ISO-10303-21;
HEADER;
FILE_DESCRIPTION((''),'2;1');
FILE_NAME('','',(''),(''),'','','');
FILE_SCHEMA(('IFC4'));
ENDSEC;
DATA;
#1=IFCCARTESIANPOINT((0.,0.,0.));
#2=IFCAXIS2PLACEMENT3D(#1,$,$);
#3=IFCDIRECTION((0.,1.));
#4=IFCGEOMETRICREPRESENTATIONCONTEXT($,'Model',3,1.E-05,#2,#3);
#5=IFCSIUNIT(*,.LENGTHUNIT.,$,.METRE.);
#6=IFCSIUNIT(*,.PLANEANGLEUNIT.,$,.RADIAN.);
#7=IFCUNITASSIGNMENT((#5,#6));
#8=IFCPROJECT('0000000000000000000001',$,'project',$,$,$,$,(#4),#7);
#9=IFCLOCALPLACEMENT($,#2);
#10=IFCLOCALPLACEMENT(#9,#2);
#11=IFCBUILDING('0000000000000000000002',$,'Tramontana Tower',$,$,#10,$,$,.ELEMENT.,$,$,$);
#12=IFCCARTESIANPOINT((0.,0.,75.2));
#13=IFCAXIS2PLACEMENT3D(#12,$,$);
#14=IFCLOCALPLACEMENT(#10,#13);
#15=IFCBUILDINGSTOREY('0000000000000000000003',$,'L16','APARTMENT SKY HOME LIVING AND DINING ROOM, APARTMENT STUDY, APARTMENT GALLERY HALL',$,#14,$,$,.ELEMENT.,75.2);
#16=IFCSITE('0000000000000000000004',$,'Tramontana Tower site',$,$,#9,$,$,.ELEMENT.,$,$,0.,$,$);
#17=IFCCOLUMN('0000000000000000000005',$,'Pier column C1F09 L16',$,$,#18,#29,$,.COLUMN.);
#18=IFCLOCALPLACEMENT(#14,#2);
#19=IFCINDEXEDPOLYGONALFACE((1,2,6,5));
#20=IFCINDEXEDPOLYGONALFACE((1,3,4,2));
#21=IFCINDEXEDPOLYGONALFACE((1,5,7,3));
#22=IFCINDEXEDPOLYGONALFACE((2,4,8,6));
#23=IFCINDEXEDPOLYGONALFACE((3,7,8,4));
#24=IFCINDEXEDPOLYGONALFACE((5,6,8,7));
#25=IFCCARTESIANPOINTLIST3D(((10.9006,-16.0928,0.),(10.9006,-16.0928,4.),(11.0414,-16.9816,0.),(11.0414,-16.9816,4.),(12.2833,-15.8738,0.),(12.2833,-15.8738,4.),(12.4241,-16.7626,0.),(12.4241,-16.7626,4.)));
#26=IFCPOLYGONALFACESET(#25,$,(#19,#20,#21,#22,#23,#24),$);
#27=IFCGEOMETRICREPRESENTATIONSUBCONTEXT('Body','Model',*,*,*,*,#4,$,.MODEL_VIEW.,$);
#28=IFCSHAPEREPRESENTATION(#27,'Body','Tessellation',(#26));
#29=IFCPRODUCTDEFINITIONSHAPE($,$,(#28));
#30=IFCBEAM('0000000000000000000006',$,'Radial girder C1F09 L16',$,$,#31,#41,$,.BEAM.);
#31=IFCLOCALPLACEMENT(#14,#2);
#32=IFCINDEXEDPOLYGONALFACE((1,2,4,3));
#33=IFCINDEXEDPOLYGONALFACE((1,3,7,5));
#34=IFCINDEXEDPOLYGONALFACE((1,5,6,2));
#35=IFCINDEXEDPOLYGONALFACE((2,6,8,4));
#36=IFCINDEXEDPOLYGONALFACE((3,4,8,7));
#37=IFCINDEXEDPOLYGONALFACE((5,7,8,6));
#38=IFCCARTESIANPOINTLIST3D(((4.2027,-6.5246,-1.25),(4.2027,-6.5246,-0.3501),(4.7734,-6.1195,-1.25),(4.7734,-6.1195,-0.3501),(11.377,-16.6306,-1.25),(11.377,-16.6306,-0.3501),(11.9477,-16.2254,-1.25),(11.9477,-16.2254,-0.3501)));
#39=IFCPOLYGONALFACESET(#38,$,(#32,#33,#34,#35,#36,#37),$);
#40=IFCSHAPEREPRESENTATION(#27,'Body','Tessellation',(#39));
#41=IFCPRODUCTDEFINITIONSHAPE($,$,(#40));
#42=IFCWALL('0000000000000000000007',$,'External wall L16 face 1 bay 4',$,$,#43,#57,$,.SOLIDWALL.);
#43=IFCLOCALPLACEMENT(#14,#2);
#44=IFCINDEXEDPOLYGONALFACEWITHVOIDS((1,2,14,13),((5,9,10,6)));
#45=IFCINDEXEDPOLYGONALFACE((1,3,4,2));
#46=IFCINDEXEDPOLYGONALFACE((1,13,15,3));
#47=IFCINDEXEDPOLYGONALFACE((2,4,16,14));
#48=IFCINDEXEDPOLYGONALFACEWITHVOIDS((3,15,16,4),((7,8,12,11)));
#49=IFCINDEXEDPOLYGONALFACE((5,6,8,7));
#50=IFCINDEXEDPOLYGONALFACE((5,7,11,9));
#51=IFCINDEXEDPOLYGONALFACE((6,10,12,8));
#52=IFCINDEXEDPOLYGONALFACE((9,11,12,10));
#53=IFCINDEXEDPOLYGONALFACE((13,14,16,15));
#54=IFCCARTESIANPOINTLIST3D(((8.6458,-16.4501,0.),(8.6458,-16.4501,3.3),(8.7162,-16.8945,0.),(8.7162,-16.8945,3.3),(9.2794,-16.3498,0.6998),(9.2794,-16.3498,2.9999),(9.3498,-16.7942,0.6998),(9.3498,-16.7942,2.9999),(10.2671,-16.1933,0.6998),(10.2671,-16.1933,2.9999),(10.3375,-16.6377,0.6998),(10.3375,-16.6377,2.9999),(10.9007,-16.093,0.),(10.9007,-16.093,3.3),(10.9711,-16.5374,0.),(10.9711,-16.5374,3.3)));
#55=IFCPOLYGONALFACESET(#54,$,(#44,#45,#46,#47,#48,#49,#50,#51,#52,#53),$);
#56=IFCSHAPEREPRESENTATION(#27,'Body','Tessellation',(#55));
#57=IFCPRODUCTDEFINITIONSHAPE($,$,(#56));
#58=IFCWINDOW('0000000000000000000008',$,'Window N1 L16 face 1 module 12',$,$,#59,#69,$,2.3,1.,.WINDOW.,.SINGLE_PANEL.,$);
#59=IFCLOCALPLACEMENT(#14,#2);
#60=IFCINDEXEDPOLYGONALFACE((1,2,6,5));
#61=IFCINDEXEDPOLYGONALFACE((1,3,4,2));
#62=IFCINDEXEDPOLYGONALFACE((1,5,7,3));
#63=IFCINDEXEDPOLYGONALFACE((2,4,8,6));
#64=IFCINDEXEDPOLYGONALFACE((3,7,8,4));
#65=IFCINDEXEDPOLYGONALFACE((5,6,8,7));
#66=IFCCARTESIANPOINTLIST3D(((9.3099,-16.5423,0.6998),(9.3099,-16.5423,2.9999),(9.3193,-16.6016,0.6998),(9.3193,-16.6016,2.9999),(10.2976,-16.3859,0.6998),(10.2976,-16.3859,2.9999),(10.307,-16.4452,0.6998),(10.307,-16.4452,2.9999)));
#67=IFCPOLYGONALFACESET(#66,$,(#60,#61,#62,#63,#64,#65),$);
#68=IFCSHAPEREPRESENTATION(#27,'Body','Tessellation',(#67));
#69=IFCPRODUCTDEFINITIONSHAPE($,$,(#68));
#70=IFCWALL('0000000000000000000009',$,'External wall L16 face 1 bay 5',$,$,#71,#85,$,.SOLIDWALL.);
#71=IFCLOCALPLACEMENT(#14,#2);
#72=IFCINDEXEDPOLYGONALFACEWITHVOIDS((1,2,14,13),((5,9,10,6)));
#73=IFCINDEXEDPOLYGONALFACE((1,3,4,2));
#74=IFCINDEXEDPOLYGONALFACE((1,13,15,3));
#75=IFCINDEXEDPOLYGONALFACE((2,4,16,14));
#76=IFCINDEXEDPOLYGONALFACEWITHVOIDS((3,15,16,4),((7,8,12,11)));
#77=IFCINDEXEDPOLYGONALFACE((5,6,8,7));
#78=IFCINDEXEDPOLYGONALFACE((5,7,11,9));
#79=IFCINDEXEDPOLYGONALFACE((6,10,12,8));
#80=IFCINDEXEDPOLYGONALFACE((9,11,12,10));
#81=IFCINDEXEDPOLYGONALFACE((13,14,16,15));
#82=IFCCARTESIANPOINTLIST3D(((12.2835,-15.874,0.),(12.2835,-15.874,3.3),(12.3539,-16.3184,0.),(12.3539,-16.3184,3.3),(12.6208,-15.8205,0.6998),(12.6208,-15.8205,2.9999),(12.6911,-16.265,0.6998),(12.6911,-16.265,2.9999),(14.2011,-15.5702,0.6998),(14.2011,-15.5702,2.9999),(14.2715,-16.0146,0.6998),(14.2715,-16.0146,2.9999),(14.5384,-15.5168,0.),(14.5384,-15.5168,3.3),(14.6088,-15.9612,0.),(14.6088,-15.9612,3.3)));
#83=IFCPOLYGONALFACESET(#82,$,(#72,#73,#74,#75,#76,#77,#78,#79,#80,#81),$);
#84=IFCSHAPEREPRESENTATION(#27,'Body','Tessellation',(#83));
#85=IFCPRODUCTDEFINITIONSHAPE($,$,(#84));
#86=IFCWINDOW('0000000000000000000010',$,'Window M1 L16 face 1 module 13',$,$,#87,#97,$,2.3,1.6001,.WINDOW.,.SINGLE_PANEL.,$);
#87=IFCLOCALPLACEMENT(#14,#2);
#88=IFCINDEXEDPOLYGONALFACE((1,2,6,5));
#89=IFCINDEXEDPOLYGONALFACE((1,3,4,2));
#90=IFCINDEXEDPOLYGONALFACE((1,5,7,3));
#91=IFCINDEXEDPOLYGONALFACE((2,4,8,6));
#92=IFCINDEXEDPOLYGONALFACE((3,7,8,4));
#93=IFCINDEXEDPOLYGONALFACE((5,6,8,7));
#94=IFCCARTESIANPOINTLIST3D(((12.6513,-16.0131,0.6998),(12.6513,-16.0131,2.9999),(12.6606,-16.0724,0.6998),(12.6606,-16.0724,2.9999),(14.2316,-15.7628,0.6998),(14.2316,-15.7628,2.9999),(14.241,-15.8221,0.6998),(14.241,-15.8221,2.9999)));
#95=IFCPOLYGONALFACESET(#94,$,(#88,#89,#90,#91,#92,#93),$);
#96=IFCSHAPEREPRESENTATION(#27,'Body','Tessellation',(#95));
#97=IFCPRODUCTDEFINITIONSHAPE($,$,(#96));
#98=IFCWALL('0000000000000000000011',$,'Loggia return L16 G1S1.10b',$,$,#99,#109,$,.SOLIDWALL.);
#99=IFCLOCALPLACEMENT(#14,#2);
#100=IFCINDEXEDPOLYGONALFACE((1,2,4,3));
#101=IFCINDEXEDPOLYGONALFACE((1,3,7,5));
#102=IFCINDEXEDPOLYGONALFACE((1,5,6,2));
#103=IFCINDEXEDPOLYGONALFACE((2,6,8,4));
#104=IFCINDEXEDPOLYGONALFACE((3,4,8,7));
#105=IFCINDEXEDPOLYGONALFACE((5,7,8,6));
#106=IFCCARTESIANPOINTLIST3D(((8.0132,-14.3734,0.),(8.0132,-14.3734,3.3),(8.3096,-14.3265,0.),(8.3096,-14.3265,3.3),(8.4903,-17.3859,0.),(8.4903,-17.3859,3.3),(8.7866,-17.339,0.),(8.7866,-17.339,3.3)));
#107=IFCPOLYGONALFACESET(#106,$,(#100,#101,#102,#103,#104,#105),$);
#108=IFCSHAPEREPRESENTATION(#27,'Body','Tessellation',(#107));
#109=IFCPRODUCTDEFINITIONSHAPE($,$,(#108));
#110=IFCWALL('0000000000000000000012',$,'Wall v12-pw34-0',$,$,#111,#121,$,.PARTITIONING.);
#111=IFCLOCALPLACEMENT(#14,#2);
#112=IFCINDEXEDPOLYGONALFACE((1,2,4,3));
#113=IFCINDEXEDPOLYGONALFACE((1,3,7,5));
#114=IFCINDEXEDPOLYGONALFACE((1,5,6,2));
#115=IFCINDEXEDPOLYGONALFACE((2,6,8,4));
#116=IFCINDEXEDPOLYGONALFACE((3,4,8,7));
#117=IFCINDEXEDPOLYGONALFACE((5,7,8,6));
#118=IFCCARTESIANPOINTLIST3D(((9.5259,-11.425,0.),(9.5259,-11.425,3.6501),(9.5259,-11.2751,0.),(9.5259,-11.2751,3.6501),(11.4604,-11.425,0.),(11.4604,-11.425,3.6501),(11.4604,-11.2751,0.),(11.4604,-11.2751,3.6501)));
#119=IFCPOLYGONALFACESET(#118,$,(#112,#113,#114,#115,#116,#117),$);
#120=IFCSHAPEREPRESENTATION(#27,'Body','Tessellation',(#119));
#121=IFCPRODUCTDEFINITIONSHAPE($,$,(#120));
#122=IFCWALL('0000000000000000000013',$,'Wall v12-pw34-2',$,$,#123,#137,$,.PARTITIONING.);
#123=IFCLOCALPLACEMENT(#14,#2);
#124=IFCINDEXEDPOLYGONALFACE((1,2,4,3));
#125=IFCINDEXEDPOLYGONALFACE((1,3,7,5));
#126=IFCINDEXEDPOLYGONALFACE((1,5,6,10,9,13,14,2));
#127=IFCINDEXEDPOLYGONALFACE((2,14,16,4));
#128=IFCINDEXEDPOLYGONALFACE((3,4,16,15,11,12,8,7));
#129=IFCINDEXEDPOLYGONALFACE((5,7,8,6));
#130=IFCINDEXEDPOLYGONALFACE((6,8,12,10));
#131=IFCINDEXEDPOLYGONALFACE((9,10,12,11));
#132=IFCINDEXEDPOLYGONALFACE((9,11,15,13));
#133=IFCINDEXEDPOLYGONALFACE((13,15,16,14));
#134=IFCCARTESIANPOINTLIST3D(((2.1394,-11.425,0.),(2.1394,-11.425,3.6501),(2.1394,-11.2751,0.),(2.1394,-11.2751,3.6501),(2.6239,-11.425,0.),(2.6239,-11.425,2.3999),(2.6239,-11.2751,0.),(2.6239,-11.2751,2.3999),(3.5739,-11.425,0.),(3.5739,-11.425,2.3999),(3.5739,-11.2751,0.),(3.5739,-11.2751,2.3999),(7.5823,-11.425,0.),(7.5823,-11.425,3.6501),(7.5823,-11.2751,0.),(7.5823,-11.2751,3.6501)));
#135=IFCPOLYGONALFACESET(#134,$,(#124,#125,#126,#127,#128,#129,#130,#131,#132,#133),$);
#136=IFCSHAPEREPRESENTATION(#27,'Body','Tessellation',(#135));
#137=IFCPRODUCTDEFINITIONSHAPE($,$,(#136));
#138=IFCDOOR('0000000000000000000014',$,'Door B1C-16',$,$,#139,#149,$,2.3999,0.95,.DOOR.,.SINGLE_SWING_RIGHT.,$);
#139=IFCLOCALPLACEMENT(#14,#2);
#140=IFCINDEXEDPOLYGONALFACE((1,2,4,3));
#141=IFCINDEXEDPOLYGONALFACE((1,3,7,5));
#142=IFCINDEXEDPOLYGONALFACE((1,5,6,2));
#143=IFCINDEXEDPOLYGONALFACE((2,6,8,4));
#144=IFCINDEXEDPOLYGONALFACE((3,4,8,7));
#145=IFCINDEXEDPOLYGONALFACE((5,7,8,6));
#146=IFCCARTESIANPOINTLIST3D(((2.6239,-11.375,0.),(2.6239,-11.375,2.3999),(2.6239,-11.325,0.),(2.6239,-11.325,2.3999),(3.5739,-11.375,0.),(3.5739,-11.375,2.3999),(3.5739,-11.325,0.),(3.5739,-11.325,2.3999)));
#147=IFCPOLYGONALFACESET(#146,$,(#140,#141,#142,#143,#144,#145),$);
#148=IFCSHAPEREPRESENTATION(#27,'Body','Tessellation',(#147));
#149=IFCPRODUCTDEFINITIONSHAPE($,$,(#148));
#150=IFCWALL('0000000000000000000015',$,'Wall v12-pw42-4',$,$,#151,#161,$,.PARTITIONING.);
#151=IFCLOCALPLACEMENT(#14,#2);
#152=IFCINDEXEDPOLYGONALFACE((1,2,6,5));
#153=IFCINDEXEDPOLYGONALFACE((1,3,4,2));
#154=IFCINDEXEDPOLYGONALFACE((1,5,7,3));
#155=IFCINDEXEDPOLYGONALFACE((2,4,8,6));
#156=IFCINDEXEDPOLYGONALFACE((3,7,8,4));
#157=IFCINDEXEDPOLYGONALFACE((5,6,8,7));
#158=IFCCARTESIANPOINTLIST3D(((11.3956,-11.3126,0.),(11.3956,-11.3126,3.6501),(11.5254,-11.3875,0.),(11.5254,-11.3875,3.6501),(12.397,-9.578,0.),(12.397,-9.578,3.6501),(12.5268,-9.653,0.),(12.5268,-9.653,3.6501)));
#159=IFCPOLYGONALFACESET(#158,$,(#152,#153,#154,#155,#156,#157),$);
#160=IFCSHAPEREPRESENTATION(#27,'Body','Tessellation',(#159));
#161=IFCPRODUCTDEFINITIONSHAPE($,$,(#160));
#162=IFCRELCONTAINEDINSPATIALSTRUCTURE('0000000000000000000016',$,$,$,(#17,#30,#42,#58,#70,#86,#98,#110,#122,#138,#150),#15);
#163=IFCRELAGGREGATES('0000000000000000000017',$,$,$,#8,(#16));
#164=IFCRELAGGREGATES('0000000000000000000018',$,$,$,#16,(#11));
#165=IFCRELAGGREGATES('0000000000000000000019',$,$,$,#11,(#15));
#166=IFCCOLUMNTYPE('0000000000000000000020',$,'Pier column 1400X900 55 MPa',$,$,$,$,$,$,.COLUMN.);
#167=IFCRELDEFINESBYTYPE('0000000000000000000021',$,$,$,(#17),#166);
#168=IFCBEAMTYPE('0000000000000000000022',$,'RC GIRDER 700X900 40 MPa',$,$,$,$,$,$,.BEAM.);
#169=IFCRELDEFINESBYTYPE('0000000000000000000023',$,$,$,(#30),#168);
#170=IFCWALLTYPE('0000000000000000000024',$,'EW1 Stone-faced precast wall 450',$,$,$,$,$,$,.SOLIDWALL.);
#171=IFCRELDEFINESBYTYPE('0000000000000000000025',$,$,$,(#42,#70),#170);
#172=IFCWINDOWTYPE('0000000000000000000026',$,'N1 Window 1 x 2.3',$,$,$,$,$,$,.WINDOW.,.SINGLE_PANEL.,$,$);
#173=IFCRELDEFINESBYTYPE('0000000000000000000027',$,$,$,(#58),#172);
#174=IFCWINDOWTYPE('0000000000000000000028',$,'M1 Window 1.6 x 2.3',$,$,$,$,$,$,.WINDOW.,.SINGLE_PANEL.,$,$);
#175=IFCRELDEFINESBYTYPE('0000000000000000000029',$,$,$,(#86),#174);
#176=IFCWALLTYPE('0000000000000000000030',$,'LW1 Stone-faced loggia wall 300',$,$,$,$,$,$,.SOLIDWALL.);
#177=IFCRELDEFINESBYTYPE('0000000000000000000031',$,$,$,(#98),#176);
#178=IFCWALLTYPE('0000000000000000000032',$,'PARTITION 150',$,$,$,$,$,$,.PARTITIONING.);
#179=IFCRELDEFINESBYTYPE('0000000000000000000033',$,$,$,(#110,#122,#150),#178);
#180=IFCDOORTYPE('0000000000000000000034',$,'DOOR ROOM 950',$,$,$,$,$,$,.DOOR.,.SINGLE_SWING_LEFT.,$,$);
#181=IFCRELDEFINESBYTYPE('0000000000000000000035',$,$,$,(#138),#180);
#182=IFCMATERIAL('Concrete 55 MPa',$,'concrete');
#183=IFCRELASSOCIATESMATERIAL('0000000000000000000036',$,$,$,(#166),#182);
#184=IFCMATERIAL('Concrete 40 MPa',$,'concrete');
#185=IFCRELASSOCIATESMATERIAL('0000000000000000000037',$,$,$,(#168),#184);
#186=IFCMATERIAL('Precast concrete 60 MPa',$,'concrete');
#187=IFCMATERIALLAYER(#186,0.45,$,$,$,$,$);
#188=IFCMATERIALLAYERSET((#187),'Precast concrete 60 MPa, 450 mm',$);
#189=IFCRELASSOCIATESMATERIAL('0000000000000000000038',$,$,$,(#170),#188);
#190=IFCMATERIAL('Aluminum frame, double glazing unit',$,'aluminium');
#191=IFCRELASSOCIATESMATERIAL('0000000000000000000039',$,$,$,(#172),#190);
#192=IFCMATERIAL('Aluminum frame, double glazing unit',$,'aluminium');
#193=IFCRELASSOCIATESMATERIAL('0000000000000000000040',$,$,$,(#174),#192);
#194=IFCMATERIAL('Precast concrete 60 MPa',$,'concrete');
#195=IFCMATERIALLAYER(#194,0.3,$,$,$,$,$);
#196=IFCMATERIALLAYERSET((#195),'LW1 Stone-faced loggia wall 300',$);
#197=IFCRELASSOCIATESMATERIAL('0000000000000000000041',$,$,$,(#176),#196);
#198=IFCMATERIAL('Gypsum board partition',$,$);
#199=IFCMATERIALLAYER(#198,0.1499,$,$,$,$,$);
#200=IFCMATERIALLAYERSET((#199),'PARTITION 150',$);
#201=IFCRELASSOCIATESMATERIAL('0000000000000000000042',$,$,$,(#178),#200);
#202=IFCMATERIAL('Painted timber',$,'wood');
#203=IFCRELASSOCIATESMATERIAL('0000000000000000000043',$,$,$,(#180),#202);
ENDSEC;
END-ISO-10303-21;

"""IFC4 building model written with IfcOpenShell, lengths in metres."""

from ifc_helpers import new_model, si_unit, direction, frame, frame_2d, origin, origin_2d, place, context, subcontext, project, spatial, rectangle, extrude, material, layer, layer_set, material_profile, profile_set, type_object, element, fill, save


model = new_model("IFC4")

# Units and contexts
model_context = context("Model", 3, precision=1e-05, world=origin(), true_north=direction((0.0, 1.0)))
body_context = subcontext(model_context, "Body", "Model", "MODEL_VIEW")
ifc_project = project(units=[si_unit("LENGTHUNIT", "METRE"), si_unit("PLANEANGLEUNIT", "RADIAN")], contexts=[model_context])

# Site, building, storey
site_placement = place(None, origin())
site = spatial("IfcSite", under=ifc_project, at=site_placement, Name="Tramontana Tower site", CompositionType="ELEMENT", RefElevation=0.0)
building_placement = place(site_placement, origin())
building = spatial("IfcBuilding", under=site, at=building_placement, Name="Tramontana Tower", CompositionType="ELEMENT")
storey_placement = place(building_placement, frame((0.0, 0.0, 75.2)))
storey = spatial("IfcBuildingStorey", under=building, at=storey_placement, Name="L16", Description="APARTMENT SKY HOME LIVING AND DINING ROOM, APARTMENT STUDY, APARTMENT GALLERY HALL", CompositionType="ELEMENT", Elevation=75.2)

# Column
ifc_material_1 = material(Name="Concrete 55 MPa", Category="concrete")
ifc_material_profile_1 = material_profile(ifc_material_1, rectangle(XDim=1.3999, YDim=0.8999, at=origin_2d()), Name="Pier column 1400X900 55 MPa")
ifc_profile_set_1 = profile_set([ifc_material_profile_1], Name="Concrete 55 MPa")
column_type = type_object("IfcColumnType", Name="Pier column 1400X900 55 MPa", PredefinedType="COLUMN", material=ifc_profile_set_1)
column_placement = place(storey_placement, frame((11.6624, -16.4277, 0.0), z_axis=(0.0, 0.0, 1.0), x_axis=(0.987688, 0.156434, 0.0)))
element("IfcColumn", 1, at=column_placement, inside=storey, type_object=column_type, Name="Pier column C1F09 L16", PredefinedType="COLUMN", context=body_context, shape_type="SweptSolid", body=[
    extrude(rectangle(XDim=1.3999, YDim=0.8999, at=origin_2d()), origin(), (0.0, 0.0, 1.0), 4.0),
])

# Beam
ifc_material_2 = material(Name="Concrete 40 MPa", Category="concrete")
ifc_material_profile_2 = material_profile(ifc_material_2, rectangle(XDim=0.7, YDim=0.8999, at=origin_2d()), Name="RC GIRDER 700X900 40 MPa")
ifc_profile_set_2 = profile_set([ifc_material_profile_2], Name="Concrete 40 MPa")
beam_type = type_object("IfcBeamType", Name="RC GIRDER 700X900 40 MPa", PredefinedType="BEAM", material=ifc_profile_set_2)
beam_placement = place(storey_placement, frame((11.6624, -16.428, -0.8), z_axis=(-0.578873, 0.815418, 0.0), x_axis=(-0.815418, -0.578873, 0.0)))
element("IfcBeam", 2, at=beam_placement, inside=storey, type_object=beam_type, Name="Radial girder C1F09 L16", PredefinedType="BEAM", context=body_context, shape_type="SweptSolid", body=[
    extrude(rectangle(XDim=0.7, YDim=0.8999, at=origin_2d()), origin(), (0.0, 0.0, 1.0), 12.3936),
])

# Walls, openings, windows
ifc_material_3 = material(Name="Precast concrete 60 MPa", Category="concrete")
ifc_layer_1 = layer(ifc_material_3, 0.45)
ifc_layer_set_1 = layer_set([ifc_layer_1], Name="Precast concrete 60 MPa, 450 mm")
wall_type_1 = type_object("IfcWallType", Name="EW1 Stone-faced precast wall 450", PredefinedType="SOLIDWALL", material=ifc_layer_set_1)
wall_1_placement = place(storey_placement, frame((8.6809, -16.6724, 0.0), z_axis=(0.0, 0.0, 1.0), x_axis=(0.987686, 0.156451, 0.0)))
wall_1 = element("IfcWall", 3, at=wall_1_placement, inside=storey, type_object=wall_type_1, Name="External wall L16 face 1 bay 4", PredefinedType="SOLIDWALL", context=body_context, shape_type="SweptSolid", body=[
    extrude(rectangle(XDim=2.283, YDim=0.45, at=frame_2d((1.1416, 0.0))), origin(), (0.0, 0.0, 1.0), 3.3),
])
opening_1_placement = place(wall_1_placement, frame((0.6416, 0.0, 0.7)))
opening_1 = element("IfcOpeningElement", 4, at=opening_1_placement, cuts=wall_1, PredefinedType="OPENING", context=body_context, shape_type="SweptSolid", body=[
    extrude(rectangle(XDim=1.0, YDim=2.3, at=frame_2d((0.5, 1.1499))), frame((0.0, 0.2349, 0.0), z_axis=(0.0, -1.0, 0.0), x_axis=(1.0, 0.0, 0.0)), (0.0, 0.0, 1.0), 0.47),
])
ifc_material_4 = material(Name="Aluminum frame, double glazing unit", Category="aluminium")
window_type_1 = type_object("IfcWindowType", Name="N1 Window 1 x 2.3", PartitioningType="SINGLE_PANEL", PredefinedType="WINDOW", material=ifc_material_4)
window_1_placement = place(opening_1_placement, origin())
window_1 = element("IfcWindow", 5, at=window_1_placement, inside=storey, type_object=window_type_1, Name="Window N1 L16 face 1 module 12", OverallHeight=2.3, OverallWidth=1.0, PartitioningType="SINGLE_PANEL", PredefinedType="WINDOW", context=body_context, shape_type="SweptSolid", body=[
    extrude(rectangle(XDim=1.0, YDim=2.3, at=frame_2d((0.5, 1.1499))), frame((0.0, 0.03, 0.0), z_axis=(0.0, -1.0, 0.0), x_axis=(1.0, 0.0, 0.0)), (0.0, 0.0, 1.0), 0.0601),
])
fill(opening_1, window_1)
wall_2_placement = place(storey_placement, frame((12.3186, -16.0962, 0.0), z_axis=(0.0, 0.0, 1.0), x_axis=(0.987686, 0.156451, 0.0)))
wall_2 = element("IfcWall", 6, at=wall_2_placement, inside=storey, type_object=wall_type_1, Name="External wall L16 face 1 bay 5", PredefinedType="SOLIDWALL", context=body_context, shape_type="SweptSolid", body=[
    extrude(rectangle(XDim=2.283, YDim=0.45, at=frame_2d((1.1416, 0.0))), origin(), (0.0, 0.0, 1.0), 3.3),
])
opening_2_placement = place(wall_2_placement, frame((0.3416, 0.0, 0.7)))
opening_2 = element("IfcOpeningElement", 7, at=opening_2_placement, cuts=wall_2, PredefinedType="OPENING", context=body_context, shape_type="SweptSolid", body=[
    extrude(rectangle(XDim=1.6001, YDim=2.3, at=frame_2d((0.8, 1.1499))), frame((0.0, 0.2349, 0.0), z_axis=(0.0, -1.0, 0.0), x_axis=(1.0, 0.0, 0.0)), (0.0, 0.0, 1.0), 0.47),
])
ifc_material_5 = material(Name="Aluminum frame, double glazing unit", Category="aluminium")
window_type_2 = type_object("IfcWindowType", Name="M1 Window 1.6 x 2.3", PartitioningType="SINGLE_PANEL", PredefinedType="WINDOW", material=ifc_material_5)
window_2_placement = place(opening_2_placement, origin())
window_2 = element("IfcWindow", 8, at=window_2_placement, inside=storey, type_object=window_type_2, Name="Window M1 L16 face 1 module 13", OverallHeight=2.3, OverallWidth=1.6001, PartitioningType="SINGLE_PANEL", PredefinedType="WINDOW", context=body_context, shape_type="SweptSolid", body=[
    extrude(rectangle(XDim=1.6001, YDim=2.3, at=frame_2d((0.8, 1.1499))), frame((0.0, 0.03, 0.0), z_axis=(0.0, -1.0, 0.0), x_axis=(1.0, 0.0, 0.0)), (0.0, 0.0, 1.0), 0.0601),
])
fill(opening_2, window_2)

# Walls
ifc_material_6 = material(Name="Precast concrete 60 MPa", Category="concrete")
ifc_layer_2 = layer(ifc_material_6, 0.3)
ifc_layer_set_2 = layer_set([ifc_layer_2], Name="LW1 Stone-faced loggia wall 300")
wall_type_2 = type_object("IfcWallType", Name="LW1 Stone-faced loggia wall 300", PredefinedType="SOLIDWALL", material=ifc_layer_set_2)
wall_3_placement = place(storey_placement, frame((8.6384, -17.3623, 0.0), z_axis=(0.0, 0.0, 1.0), x_axis=(-0.156411, 0.987692, 0.0)))
element("IfcWall", 9, at=wall_3_placement, inside=storey, type_object=wall_type_2, Name="Loggia return L16 G1S1.10b", PredefinedType="SOLIDWALL", context=body_context, shape_type="SweptSolid", body=[
    extrude(rectangle(XDim=3.05, YDim=0.3, at=frame_2d((1.5249, 0.0))), origin(), (0.0, 0.0, 1.0), 3.3),
])
ifc_material_7 = material(Name="Gypsum board partition")
ifc_layer_3 = layer(ifc_material_7, 0.1499)
ifc_layer_set_3 = layer_set([ifc_layer_3], Name="PARTITION 150")
wall_type_3 = type_object("IfcWallType", Name="PARTITION 150", PredefinedType="PARTITIONING", material=ifc_layer_set_3)
wall_4_placement = place(storey_placement, frame((11.4604, -11.3501, 0.0), z_axis=(0.0, 0.0, 1.0), x_axis=(-1.0, 0.0, 0.0)))
element("IfcWall", 10, at=wall_4_placement, inside=storey, type_object=wall_type_3, Name="Wall v12-pw34-0", PredefinedType="PARTITIONING", context=body_context, shape_type="SweptSolid", body=[
    extrude(rectangle(XDim=1.9346, YDim=0.1499, at=frame_2d((0.9673, 0.0))), origin(), (0.0, 0.0, 1.0), 3.6501),
])

# Wall, opening, door
ifc_material_8 = material(Name="Painted timber", Category="wood")
door_type = type_object("IfcDoorType", Name="DOOR ROOM 950", OperationType="SINGLE_SWING_LEFT", PredefinedType="DOOR", material=ifc_material_8)
wall_5_placement = place(storey_placement, frame((7.5823, -11.3501, 0.0), z_axis=(0.0, 0.0, 1.0), x_axis=(-1.0, 0.0, 0.0)))
wall_5 = element("IfcWall", 11, at=wall_5_placement, inside=storey, type_object=wall_type_3, Name="Wall v12-pw34-2", PredefinedType="PARTITIONING", context=body_context, shape_type="SweptSolid", body=[
    extrude(rectangle(XDim=5.4429, YDim=0.1499, at=frame_2d((2.7214, 0.0))), origin(), (0.0, 0.0, 1.0), 3.6501),
])
opening_3_placement = place(wall_5_placement, frame((4.0083, 0.0, 0.0)))
opening_3 = element("IfcOpeningElement", 12, at=opening_3_placement, cuts=wall_5, PredefinedType="OPENING", context=body_context, shape_type="SweptSolid", body=[
    extrude(rectangle(XDim=0.95, YDim=2.3999, at=frame_2d((0.4751, 1.2))), frame((0.0, 0.085, 0.0), z_axis=(0.0, -1.0, 0.0), x_axis=(1.0, 0.0, 0.0)), (0.0, 0.0, 1.0), 0.1699),
])
door_1_placement = place(opening_3_placement, origin())
door_1 = element("IfcDoor", 13, at=door_1_placement, inside=storey, type_object=door_type, Name="Door B1C-16", OperationType="SINGLE_SWING_RIGHT", OverallHeight=2.3999, OverallWidth=0.95, PredefinedType="DOOR", context=body_context, shape_type="SweptSolid", body=[
    extrude(rectangle(XDim=0.95, YDim=2.3999, at=frame_2d((0.4751, 1.2))), frame((0.0, 0.0249, 0.0), z_axis=(0.0, -1.0, 0.0), x_axis=(1.0, 0.0, 0.0)), (0.0, 0.0, 1.0), 0.05),
])
fill(opening_3, door_1)

# Wall
wall_6_placement = place(storey_placement, frame((12.4619, -9.6155, 0.0), z_axis=(0.0, 0.0, 1.0), x_axis=(-0.499993, -0.866029, 0.0)))
element("IfcWall", 14, at=wall_6_placement, inside=storey, type_object=wall_type_3, Name="Wall v12-pw42-4", PredefinedType="PARTITIONING", context=body_context, shape_type="SweptSolid", body=[
    extrude(rectangle(XDim=2.0029, YDim=0.1499, at=frame_2d((1.0015, 0.0))), origin(), (0.0, 0.0, 1.0), 3.6501),
])

save(model, "model.ifc")
